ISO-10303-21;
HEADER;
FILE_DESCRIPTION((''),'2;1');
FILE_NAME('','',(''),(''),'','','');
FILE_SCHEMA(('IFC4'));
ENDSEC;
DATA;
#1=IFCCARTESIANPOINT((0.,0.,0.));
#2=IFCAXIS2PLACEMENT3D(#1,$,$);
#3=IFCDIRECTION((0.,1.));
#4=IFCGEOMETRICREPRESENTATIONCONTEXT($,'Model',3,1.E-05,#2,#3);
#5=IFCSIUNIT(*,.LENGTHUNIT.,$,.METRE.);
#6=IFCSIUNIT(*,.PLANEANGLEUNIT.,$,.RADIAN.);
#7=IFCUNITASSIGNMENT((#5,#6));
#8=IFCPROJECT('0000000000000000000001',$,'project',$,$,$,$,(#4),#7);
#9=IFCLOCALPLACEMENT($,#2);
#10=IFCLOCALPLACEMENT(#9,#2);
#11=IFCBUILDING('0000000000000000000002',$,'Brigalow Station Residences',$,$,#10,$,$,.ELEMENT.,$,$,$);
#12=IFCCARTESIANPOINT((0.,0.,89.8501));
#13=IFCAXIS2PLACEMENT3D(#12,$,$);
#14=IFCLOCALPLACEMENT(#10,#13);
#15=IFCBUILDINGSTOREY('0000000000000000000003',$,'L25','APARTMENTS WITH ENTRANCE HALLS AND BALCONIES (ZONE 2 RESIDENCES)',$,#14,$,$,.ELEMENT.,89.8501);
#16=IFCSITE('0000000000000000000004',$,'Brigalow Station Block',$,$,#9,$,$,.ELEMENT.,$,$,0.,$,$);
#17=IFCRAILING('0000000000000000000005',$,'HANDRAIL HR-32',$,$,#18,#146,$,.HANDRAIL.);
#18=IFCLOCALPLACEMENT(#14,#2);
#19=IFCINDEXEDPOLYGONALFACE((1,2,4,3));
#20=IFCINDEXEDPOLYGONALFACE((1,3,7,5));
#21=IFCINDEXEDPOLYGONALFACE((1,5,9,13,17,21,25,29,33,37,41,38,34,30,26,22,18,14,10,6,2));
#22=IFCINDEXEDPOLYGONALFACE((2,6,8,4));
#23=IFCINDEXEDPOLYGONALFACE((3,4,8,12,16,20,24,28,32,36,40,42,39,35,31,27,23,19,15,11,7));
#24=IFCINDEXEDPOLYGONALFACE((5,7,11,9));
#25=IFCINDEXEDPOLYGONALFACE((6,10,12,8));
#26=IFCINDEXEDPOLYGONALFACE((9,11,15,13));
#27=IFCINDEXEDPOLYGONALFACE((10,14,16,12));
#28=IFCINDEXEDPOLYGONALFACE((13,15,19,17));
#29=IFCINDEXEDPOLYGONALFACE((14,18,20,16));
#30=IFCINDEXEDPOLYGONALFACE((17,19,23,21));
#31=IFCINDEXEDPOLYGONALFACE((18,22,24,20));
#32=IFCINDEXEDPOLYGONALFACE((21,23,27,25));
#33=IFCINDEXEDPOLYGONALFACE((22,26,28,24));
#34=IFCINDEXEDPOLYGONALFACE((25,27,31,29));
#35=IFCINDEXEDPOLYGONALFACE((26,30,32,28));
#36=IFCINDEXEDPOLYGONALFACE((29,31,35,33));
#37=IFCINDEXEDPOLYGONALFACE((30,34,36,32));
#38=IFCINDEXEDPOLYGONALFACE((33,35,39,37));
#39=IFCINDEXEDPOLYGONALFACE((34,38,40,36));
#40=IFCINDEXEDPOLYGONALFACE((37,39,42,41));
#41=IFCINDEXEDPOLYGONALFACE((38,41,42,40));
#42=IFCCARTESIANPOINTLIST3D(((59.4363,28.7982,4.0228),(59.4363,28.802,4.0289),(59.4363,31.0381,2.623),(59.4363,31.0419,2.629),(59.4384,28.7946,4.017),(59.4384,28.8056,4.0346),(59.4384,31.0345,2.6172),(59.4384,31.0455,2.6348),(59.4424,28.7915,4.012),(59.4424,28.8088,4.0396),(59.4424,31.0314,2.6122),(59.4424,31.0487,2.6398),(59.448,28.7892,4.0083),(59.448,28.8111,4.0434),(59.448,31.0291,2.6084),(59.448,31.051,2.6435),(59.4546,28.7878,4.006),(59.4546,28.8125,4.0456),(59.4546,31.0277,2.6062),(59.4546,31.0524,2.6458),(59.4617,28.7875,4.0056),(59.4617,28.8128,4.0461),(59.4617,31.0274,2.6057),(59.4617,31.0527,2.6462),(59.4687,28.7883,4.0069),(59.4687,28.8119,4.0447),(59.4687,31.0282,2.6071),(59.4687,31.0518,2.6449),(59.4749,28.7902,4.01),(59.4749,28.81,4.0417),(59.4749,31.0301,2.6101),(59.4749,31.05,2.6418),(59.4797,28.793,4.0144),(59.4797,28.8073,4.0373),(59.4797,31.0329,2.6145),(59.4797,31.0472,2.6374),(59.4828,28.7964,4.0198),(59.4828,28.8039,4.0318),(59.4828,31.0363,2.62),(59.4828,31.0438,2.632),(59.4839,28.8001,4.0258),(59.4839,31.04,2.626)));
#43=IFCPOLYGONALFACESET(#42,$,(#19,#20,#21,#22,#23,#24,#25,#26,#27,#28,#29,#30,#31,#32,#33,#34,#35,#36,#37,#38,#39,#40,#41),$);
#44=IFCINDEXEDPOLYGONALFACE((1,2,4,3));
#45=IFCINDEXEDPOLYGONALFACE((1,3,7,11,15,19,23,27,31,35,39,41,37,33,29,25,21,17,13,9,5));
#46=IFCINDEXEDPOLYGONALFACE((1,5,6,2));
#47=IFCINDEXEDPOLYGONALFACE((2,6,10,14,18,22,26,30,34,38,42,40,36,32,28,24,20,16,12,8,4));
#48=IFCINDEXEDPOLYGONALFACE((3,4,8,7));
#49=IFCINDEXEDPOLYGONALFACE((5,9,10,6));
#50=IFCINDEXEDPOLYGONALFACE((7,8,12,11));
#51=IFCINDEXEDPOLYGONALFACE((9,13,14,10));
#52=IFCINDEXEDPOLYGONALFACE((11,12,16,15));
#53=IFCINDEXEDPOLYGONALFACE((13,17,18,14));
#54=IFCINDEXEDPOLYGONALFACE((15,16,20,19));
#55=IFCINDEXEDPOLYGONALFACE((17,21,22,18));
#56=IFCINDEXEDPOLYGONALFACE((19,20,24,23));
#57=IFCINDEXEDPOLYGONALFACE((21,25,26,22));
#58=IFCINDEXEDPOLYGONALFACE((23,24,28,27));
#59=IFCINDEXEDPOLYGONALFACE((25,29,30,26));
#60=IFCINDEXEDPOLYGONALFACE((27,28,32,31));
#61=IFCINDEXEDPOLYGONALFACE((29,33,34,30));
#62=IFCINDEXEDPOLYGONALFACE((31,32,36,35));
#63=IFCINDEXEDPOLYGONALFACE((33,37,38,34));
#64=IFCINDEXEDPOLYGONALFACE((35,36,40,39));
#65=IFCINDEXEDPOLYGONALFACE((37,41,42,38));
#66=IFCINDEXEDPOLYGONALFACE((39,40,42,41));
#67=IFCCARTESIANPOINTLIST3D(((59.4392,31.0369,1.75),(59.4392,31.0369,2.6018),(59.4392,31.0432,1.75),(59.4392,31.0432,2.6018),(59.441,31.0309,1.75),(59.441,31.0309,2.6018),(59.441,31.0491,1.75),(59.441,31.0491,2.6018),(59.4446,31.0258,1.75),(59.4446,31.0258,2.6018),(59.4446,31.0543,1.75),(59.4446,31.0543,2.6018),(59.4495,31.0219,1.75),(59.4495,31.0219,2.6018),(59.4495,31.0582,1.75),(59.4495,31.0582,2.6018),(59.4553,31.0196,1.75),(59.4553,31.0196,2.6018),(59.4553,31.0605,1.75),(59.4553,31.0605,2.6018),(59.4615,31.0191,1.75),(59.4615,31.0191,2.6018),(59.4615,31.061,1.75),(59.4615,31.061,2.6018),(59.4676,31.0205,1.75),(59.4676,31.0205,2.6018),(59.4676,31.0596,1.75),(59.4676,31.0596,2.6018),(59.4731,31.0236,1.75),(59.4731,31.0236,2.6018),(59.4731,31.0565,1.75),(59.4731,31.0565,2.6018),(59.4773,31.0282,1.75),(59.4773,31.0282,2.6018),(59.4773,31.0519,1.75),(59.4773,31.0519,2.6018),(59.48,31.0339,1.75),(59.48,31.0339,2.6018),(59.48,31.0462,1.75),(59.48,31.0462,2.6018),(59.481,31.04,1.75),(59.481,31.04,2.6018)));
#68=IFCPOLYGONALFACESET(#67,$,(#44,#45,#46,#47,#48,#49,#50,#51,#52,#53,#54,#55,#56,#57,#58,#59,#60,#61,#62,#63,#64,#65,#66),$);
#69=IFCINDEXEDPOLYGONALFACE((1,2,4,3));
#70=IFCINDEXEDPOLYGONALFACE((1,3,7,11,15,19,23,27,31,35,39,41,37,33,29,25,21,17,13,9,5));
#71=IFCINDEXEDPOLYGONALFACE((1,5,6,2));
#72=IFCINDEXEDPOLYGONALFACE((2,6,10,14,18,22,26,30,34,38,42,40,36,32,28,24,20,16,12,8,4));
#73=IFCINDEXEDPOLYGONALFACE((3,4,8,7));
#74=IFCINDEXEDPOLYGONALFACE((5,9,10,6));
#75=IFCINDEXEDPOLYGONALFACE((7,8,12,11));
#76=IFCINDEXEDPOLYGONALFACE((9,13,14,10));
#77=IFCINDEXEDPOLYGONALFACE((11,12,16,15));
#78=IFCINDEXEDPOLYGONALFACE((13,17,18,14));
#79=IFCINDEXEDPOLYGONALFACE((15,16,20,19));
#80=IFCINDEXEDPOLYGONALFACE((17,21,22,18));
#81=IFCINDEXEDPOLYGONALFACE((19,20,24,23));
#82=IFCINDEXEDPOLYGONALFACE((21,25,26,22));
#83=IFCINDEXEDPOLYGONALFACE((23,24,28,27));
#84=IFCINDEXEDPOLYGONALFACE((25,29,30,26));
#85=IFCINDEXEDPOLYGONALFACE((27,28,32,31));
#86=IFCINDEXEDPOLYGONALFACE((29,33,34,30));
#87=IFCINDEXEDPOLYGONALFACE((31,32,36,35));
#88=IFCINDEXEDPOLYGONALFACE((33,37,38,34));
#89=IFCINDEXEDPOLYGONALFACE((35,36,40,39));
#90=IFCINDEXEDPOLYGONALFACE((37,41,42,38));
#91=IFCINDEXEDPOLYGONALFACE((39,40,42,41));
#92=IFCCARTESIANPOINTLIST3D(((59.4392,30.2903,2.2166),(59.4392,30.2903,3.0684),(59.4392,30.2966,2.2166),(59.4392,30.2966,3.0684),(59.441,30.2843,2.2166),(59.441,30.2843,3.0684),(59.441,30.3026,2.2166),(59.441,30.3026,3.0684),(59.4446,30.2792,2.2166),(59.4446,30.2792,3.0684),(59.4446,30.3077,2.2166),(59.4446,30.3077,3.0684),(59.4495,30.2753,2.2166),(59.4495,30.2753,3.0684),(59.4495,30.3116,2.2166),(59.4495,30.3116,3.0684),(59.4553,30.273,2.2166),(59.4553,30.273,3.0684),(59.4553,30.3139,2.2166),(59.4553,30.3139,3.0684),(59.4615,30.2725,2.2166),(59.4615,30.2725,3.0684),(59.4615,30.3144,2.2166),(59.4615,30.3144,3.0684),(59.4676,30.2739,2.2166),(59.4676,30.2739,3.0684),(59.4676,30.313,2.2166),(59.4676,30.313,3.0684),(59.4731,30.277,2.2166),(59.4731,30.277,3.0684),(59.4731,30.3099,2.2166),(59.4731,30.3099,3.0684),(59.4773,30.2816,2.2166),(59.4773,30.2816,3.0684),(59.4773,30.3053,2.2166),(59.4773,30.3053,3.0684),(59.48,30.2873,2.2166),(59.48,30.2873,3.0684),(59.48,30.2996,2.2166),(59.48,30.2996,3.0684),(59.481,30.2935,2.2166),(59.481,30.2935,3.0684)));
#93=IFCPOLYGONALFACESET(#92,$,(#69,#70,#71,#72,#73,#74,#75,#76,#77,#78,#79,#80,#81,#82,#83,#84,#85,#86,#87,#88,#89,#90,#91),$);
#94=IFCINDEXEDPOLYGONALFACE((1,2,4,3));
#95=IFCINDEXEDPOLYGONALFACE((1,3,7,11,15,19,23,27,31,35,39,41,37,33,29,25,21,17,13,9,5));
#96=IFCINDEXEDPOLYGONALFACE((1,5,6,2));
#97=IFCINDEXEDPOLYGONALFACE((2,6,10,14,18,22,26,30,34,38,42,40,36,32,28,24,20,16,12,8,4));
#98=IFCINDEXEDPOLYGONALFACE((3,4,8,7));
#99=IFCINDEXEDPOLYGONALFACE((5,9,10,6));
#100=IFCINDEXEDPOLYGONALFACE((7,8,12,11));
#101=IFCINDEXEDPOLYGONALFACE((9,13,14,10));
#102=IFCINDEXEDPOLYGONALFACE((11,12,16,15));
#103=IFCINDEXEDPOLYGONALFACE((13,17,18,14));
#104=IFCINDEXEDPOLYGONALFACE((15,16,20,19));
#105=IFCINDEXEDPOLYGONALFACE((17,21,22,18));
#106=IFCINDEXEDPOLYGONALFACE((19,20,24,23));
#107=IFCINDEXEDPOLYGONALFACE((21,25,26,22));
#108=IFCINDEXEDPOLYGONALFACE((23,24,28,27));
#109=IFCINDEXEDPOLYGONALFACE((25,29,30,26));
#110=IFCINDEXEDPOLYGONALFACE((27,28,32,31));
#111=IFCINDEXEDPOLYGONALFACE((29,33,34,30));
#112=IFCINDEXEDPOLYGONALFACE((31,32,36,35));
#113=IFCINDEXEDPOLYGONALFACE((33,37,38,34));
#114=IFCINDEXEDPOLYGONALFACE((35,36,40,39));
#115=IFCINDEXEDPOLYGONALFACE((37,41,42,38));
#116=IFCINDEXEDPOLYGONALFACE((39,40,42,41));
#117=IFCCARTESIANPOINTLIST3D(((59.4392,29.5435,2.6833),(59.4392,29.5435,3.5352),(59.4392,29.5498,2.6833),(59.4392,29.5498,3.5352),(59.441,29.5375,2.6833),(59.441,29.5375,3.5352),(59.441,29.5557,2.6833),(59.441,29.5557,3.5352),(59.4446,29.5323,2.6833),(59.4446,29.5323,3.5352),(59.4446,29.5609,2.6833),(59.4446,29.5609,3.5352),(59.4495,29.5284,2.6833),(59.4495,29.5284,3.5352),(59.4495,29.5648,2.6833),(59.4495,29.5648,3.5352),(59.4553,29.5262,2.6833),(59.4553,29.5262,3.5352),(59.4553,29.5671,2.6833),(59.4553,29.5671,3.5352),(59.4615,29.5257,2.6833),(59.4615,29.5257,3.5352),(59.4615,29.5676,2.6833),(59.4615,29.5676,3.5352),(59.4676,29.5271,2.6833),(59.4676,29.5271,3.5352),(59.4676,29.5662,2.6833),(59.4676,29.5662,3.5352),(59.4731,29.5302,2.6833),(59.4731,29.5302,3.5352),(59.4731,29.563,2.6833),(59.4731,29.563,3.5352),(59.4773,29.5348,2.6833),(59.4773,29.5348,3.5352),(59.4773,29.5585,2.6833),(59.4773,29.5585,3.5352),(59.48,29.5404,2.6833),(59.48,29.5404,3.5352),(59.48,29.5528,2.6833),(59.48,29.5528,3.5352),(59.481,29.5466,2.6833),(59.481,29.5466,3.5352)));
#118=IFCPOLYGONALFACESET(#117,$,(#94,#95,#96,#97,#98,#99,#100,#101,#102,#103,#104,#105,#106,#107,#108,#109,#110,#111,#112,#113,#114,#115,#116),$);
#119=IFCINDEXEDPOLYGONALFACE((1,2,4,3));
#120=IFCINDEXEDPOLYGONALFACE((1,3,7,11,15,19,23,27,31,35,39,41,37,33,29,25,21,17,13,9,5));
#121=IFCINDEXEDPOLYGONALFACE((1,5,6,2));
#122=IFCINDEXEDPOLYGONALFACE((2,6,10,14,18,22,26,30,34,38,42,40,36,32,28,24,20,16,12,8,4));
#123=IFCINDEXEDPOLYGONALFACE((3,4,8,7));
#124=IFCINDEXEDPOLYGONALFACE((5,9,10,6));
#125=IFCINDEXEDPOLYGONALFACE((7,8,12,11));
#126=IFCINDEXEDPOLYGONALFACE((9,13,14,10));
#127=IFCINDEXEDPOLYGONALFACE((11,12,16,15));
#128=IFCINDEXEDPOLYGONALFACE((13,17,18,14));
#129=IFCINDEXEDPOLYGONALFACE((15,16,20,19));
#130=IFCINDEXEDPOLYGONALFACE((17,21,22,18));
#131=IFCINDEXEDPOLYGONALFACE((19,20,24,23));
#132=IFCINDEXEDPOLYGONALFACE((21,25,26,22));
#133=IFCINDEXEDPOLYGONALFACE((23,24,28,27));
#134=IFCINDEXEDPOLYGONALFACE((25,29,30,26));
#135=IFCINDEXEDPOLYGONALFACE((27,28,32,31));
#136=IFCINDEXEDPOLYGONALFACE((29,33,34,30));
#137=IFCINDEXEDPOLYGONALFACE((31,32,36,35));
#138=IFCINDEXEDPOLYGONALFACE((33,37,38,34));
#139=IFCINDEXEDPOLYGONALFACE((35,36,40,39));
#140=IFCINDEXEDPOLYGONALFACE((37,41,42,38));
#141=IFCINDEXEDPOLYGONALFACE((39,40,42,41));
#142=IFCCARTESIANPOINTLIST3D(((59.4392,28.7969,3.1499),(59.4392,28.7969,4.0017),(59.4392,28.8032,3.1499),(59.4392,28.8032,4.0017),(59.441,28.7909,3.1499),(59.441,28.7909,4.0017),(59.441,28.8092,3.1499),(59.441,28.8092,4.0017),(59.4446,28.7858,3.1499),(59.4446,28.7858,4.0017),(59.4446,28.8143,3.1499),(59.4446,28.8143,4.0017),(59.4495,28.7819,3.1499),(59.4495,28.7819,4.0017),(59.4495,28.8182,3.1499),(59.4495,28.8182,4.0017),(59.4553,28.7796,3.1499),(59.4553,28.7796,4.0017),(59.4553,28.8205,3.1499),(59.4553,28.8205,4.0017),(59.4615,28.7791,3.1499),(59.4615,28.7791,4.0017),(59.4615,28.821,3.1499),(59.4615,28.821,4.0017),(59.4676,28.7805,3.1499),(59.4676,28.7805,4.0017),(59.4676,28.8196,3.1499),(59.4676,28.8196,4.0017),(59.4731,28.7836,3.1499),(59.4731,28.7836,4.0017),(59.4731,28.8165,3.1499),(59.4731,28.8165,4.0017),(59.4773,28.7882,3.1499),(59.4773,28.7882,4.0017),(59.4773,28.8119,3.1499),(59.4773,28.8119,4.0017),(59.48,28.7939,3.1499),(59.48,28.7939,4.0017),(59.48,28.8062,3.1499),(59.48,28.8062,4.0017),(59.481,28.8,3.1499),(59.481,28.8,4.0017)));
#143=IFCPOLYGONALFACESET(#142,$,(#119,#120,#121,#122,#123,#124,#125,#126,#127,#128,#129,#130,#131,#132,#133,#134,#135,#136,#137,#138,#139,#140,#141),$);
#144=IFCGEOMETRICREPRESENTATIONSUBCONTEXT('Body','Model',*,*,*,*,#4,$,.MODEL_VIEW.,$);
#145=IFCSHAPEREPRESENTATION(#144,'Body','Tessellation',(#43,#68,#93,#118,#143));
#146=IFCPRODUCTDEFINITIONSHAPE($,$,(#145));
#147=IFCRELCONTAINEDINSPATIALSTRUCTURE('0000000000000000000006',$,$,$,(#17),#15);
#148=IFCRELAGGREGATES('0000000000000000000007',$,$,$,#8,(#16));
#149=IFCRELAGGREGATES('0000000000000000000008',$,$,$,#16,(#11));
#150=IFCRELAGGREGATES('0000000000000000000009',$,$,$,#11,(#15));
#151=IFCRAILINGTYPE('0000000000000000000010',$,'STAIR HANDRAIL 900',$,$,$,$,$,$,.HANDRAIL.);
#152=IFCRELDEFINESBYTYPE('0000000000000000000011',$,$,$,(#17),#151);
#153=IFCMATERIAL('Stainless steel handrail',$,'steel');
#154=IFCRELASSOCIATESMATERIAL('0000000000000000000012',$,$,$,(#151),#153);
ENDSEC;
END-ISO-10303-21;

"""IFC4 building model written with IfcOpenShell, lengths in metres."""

from ifc_helpers import new_model, si_unit, direction, frame, origin, origin_2d, place, context, subcontext, project, spatial, circle, extrude, material, type_object, element, save


model = new_model("IFC4")

# Units and contexts
model_context = context("Model", 3, precision=1e-05, world=origin(), true_north=direction((0.0, 1.0)))
body_context = subcontext(model_context, "Body", "Model", "MODEL_VIEW")
ifc_project = project(units=[si_unit("LENGTHUNIT", "METRE"), si_unit("PLANEANGLEUNIT", "RADIAN")], contexts=[model_context])

# Site, building, storey
site_placement = place(None, origin())
site = spatial("IfcSite", under=ifc_project, at=site_placement, Name="Brigalow Station Block", CompositionType="ELEMENT", RefElevation=0.0)
building_placement = place(site_placement, origin())
building = spatial("IfcBuilding", under=site, at=building_placement, Name="Brigalow Station Residences", CompositionType="ELEMENT")
storey_placement = place(building_placement, frame((0.0, 0.0, 89.8501)))
storey = spatial("IfcBuildingStorey", under=building, at=storey_placement, Name="L25", Description="APARTMENTS WITH ENTRANCE HALLS AND BALCONIES (ZONE 2 RESIDENCES)", CompositionType="ELEMENT", Elevation=89.8501)

# Railing
ifc_material_1 = material(Name="Stainless steel handrail", Category="steel")
railing_type = type_object("IfcRailingType", Name="STAIR HANDRAIL 900", PredefinedType="HANDRAIL", material=ifc_material_1)
railing_placement = place(storey_placement, frame((59.46, 31.04, 1.75)))
element("IfcRailing", 1, at=railing_placement, inside=storey, type_object=railing_type, Name="HANDRAIL HR-32", PredefinedType="HANDRAIL", context=body_context, shape_type="SweptSolid", body=[
    extrude(circle(Radius=0.0239, at=origin_2d()), frame((0.0, 0.0, 0.876), z_axis=(0.0, -0.848014, 0.529974), x_axis=(1.0, 0.0, 0.0)), (0.0, 0.0, 1.0), 2.6414),
    extrude(circle(Radius=0.021, at=origin_2d()), origin(), (0.0, 0.0, 1.0), 0.8518),
    extrude(circle(Radius=0.021, at=origin_2d()), frame((0.0, -0.7466, 0.4666)), (0.0, 0.0, 1.0), 0.8518),
    extrude(circle(Radius=0.021, at=origin_2d()), frame((0.0, -1.4934, 0.9333)), (0.0, 0.0, 1.0), 0.8518),
    extrude(circle(Radius=0.021, at=origin_2d()), frame((0.0, -2.24, 1.3999)), (0.0, 0.0, 1.0), 0.8518),
])

save(model, "model.ifc")
